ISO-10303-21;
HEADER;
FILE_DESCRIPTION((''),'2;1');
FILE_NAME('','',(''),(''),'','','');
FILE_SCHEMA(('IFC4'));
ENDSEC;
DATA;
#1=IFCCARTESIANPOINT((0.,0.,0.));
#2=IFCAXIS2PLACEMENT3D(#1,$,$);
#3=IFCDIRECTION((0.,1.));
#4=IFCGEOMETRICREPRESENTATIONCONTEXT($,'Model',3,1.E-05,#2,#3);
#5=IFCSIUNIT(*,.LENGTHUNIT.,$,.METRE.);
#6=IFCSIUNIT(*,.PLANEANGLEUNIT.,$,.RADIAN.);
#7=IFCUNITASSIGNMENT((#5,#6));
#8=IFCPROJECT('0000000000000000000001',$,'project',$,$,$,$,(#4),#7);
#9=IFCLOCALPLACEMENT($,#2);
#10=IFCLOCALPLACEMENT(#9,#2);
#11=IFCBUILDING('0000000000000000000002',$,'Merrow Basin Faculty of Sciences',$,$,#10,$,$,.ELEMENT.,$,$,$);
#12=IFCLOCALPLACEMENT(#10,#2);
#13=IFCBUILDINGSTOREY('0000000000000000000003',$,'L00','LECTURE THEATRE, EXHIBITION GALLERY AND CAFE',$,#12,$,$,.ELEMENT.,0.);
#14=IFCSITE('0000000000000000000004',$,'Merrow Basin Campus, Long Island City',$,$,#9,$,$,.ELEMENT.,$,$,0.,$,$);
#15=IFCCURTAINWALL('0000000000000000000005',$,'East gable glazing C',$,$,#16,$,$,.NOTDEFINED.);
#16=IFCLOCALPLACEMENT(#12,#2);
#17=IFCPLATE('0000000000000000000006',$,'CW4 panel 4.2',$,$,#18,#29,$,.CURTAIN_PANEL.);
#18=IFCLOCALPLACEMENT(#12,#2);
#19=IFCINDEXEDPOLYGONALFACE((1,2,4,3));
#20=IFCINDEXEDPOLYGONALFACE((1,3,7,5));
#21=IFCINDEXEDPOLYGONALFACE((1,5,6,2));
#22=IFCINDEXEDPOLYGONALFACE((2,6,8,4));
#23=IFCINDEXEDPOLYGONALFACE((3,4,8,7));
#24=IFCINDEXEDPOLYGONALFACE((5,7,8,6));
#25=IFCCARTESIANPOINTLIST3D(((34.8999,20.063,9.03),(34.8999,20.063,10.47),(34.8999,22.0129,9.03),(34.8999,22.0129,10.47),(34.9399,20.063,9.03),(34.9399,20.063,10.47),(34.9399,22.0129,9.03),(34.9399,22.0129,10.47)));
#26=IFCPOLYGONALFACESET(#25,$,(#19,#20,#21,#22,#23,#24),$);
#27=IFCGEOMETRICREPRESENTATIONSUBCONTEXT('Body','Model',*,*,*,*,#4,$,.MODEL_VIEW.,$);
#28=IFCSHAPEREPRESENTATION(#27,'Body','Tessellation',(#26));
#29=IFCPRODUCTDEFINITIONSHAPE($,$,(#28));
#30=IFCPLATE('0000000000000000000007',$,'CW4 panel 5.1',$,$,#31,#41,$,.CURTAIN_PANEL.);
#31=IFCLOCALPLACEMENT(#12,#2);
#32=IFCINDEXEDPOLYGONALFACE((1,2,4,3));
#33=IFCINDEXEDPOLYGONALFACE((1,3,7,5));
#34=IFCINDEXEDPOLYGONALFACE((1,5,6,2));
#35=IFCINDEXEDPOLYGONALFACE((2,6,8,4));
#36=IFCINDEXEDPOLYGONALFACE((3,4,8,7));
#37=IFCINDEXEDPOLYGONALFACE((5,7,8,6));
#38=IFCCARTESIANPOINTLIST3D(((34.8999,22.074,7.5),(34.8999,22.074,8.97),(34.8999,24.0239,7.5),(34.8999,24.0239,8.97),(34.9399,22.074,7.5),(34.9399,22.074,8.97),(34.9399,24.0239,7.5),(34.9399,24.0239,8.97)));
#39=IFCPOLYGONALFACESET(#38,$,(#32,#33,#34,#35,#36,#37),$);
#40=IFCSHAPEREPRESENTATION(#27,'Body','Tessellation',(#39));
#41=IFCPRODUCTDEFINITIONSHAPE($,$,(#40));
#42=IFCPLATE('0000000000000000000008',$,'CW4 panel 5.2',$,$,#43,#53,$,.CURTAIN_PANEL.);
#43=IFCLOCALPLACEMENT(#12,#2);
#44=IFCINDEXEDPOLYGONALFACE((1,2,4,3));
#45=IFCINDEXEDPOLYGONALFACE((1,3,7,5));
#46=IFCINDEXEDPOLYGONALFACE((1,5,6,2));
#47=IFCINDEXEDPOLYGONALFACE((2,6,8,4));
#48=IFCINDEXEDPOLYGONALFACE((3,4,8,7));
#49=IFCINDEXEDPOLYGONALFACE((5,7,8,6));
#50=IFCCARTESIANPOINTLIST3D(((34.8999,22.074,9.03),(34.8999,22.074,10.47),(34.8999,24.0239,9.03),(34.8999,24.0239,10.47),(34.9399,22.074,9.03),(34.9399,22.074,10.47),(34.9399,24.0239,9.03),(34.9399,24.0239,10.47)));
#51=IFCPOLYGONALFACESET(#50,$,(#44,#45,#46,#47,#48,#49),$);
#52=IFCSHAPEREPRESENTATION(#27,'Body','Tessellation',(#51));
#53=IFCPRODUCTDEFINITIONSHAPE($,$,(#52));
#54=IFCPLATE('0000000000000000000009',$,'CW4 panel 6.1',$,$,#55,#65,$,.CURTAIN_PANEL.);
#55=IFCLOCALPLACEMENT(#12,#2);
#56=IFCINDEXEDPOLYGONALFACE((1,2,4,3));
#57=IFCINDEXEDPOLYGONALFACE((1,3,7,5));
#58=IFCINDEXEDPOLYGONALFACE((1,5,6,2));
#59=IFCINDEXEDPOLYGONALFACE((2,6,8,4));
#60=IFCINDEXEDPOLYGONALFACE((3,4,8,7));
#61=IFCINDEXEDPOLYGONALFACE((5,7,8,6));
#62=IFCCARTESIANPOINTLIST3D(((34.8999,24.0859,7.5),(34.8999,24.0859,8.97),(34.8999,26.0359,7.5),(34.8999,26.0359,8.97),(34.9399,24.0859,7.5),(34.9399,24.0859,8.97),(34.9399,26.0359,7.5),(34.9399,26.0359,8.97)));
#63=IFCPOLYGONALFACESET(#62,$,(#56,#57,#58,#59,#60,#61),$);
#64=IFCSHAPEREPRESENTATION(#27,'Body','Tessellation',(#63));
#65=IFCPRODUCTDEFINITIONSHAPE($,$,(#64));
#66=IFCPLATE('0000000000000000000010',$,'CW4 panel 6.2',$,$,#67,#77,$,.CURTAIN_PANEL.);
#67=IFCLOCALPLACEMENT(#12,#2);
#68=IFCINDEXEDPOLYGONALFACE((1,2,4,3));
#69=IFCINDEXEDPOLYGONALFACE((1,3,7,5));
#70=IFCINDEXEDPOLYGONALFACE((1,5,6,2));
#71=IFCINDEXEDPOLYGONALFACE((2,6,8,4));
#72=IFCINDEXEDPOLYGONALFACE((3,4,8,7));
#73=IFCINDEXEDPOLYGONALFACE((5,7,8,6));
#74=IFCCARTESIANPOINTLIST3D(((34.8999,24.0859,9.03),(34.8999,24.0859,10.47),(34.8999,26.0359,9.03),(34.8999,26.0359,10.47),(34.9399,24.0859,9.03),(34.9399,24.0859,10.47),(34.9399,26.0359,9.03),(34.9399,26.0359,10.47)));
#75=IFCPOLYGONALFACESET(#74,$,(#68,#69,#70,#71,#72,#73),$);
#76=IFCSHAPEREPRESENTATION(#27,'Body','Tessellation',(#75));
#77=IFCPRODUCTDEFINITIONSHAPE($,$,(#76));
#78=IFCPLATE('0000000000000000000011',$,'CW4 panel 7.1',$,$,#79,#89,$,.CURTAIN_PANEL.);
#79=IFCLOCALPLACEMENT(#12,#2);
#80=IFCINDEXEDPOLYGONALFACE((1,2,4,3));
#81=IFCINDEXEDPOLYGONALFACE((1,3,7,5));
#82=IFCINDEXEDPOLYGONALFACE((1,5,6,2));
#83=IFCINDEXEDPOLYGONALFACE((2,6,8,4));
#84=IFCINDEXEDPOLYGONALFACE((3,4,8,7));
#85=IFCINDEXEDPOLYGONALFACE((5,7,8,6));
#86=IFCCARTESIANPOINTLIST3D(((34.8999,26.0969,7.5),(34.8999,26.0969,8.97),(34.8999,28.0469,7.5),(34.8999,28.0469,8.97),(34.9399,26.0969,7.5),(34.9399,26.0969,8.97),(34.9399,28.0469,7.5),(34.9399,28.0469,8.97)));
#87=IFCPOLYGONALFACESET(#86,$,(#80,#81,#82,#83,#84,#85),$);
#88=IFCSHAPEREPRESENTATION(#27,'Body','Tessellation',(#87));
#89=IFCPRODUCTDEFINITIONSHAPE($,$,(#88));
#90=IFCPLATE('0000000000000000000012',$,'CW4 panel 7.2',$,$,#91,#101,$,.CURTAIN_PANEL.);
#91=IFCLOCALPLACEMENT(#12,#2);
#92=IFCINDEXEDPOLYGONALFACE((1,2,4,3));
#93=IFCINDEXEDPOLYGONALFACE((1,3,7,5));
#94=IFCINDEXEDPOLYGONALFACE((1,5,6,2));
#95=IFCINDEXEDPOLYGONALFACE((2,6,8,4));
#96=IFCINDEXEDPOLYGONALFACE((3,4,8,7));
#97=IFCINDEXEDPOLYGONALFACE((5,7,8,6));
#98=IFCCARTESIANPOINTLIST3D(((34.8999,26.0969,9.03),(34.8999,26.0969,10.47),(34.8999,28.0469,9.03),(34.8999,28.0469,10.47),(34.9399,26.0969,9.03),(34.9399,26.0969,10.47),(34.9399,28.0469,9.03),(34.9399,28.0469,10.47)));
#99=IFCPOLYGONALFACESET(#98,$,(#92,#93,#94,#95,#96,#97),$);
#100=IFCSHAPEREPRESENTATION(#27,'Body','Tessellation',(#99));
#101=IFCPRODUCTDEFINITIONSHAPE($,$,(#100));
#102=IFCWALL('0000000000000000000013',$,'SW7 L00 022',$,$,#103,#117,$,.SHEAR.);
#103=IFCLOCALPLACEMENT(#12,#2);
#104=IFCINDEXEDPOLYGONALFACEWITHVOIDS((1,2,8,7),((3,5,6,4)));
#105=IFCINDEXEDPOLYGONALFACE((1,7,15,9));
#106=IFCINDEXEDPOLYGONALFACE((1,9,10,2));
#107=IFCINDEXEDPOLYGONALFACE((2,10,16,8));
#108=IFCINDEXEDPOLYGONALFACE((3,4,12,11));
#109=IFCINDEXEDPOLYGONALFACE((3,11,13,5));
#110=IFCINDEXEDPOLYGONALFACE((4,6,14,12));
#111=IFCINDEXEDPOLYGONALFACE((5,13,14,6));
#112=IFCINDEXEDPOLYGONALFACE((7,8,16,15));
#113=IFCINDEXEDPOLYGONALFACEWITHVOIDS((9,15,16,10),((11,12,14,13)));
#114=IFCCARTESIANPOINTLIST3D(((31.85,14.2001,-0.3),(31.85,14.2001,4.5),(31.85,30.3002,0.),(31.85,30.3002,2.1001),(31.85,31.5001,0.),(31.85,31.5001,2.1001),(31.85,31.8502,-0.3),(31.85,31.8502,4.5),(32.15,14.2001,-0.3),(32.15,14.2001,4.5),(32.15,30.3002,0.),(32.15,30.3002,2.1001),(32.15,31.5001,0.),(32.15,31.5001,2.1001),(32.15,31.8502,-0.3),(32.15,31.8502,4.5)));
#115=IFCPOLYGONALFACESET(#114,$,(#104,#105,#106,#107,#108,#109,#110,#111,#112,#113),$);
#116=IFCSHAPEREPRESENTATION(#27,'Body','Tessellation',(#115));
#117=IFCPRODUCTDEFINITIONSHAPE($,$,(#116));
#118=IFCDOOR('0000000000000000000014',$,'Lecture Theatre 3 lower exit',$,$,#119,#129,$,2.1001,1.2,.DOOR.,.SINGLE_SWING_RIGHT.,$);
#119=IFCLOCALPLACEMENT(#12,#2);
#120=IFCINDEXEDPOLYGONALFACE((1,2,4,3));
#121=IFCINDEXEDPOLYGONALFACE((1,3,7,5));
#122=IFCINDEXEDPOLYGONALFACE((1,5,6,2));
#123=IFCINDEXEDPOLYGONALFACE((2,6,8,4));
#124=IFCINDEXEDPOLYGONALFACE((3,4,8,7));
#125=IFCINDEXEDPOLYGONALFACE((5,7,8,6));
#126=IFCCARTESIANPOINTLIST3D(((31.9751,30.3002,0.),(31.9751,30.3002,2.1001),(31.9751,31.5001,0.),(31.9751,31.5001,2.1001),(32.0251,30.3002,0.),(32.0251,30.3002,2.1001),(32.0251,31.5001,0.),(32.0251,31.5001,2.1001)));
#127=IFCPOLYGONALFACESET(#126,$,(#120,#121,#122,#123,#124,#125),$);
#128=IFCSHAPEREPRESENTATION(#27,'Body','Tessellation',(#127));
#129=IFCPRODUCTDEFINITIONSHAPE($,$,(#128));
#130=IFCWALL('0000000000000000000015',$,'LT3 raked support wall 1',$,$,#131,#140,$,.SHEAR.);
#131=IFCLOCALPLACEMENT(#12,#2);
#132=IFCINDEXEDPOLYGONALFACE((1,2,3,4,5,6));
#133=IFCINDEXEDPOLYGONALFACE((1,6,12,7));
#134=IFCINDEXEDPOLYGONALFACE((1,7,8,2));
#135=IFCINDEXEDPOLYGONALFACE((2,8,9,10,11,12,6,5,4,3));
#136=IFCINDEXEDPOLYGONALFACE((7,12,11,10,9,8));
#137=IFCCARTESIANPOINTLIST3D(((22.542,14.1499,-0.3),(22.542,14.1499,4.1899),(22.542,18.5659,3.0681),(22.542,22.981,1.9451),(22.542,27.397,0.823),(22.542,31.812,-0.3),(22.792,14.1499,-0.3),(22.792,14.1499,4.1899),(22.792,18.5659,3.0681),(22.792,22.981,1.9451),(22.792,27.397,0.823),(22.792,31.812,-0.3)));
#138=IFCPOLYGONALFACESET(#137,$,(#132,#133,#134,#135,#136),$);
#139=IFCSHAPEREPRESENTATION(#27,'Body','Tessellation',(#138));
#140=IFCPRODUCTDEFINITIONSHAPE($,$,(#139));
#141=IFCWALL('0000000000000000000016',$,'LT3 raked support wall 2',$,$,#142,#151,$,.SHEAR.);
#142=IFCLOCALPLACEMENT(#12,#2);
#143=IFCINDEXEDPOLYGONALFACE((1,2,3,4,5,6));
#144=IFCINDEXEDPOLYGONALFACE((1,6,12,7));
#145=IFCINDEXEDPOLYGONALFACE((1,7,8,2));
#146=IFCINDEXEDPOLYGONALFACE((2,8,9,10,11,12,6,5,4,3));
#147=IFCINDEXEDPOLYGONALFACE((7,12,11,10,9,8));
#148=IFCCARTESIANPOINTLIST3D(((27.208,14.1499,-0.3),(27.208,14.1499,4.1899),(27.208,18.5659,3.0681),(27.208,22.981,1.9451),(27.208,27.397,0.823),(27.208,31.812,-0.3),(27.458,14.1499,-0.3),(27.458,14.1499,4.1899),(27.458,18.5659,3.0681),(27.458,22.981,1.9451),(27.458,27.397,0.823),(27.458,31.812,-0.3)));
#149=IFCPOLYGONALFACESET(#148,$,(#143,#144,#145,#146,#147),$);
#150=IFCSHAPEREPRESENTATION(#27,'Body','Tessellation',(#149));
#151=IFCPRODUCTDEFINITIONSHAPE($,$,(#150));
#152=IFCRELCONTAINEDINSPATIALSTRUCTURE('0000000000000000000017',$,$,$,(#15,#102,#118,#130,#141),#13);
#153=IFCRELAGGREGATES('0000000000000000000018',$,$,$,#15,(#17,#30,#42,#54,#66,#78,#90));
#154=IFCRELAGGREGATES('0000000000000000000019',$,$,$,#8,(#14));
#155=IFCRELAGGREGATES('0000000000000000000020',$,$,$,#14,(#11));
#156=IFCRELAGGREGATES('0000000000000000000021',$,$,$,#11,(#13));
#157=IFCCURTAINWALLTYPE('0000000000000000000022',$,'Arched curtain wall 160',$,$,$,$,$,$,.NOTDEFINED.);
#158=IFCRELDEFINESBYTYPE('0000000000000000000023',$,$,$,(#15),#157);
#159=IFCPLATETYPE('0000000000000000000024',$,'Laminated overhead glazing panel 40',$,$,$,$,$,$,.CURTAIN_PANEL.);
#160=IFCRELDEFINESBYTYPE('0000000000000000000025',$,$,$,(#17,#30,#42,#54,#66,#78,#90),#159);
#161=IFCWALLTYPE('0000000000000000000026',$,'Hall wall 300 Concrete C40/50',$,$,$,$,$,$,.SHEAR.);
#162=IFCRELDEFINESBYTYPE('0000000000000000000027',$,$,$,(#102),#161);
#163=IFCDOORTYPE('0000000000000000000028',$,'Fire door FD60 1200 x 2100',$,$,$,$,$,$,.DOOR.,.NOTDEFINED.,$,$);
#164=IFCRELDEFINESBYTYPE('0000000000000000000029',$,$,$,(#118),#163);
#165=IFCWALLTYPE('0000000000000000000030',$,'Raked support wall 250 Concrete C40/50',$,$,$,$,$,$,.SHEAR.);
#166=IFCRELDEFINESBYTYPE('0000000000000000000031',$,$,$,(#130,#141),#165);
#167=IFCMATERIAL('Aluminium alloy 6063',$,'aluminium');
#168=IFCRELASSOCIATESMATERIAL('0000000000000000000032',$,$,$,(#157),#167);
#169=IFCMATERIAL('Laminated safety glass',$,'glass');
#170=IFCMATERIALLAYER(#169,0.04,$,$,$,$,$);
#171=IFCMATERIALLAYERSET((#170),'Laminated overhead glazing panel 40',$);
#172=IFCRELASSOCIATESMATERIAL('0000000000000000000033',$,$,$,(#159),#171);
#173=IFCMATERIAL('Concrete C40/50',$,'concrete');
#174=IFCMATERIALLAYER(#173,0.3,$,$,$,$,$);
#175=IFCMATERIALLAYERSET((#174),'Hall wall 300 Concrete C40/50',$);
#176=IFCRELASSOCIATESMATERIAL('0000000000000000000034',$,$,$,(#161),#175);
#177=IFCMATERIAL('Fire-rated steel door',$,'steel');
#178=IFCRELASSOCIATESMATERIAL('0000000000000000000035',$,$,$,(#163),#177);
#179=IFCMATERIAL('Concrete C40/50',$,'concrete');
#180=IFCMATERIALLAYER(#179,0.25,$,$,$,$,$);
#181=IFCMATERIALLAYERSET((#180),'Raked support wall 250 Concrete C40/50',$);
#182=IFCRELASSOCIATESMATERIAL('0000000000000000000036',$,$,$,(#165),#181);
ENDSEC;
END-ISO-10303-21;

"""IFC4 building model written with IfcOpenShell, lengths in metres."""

from ifc_helpers import new_model, si_unit, direction, frame, frame_2d, origin, place, context, subcontext, project, spatial, polyline, rectangle, outline, extrude, material, layer, layer_set, type_object, element, fill, aggregate, save


model = new_model("IFC4")

# Units and contexts
model_context = context("Model", 3, precision=1e-05, world=origin(), true_north=direction((0.0, 1.0)))
body_context = subcontext(model_context, "Body", "Model", "MODEL_VIEW")
ifc_project = project(units=[si_unit("LENGTHUNIT", "METRE"), si_unit("PLANEANGLEUNIT", "RADIAN")], contexts=[model_context])

# Site, building, storey
site_placement = place(None, origin())
site = spatial("IfcSite", under=ifc_project, at=site_placement, Name="Merrow Basin Campus, Long Island City", CompositionType="ELEMENT", RefElevation=0.0)
building_placement = place(site_placement, origin())
building = spatial("IfcBuilding", under=site, at=building_placement, Name="Merrow Basin Faculty of Sciences", CompositionType="ELEMENT")
storey_placement = place(building_placement, origin())
storey = spatial("IfcBuildingStorey", under=building, at=storey_placement, Name="L00", Description="LECTURE THEATRE, EXHIBITION GALLERY AND CAFE", CompositionType="ELEMENT", Elevation=0.0)

# Curtain wall, plates
ifc_material_1 = material(Name="Aluminium alloy 6063", Category="aluminium")
curtain_wall_type = type_object("IfcCurtainWallType", Name="Arched curtain wall 160", PredefinedType="NOTDEFINED", material=ifc_material_1)
curtain_wall_placement = place(storey_placement, origin())
curtain_wall = element("IfcCurtainWall", 1, at=curtain_wall_placement, inside=storey, type_object=curtain_wall_type, Name="East gable glazing C", PredefinedType="NOTDEFINED")
ifc_material_2 = material(Name="Laminated safety glass", Category="glass")
ifc_layer_1 = layer(ifc_material_2, 0.04)
ifc_layer_set_1 = layer_set([ifc_layer_1], Name="Laminated overhead glazing panel 40")
plate_type = type_object("IfcPlateType", Name="Laminated overhead glazing panel 40", PredefinedType="CURTAIN_PANEL", material=ifc_layer_set_1)
plate_1_placement = place(storey_placement, frame((34.8999, 20.063, 9.03), z_axis=(1.0, 0.0, 0.0), x_axis=(0.0, 1.0, 0.0)))
plate_1 = element("IfcPlate", 2, at=plate_1_placement, type_object=plate_type, Name="CW4 panel 4.2", PredefinedType="CURTAIN_PANEL", context=body_context, shape_type="SweptSolid", body=[
    extrude(outline(polyline([(0.0, 0.0), (1.95, 0.0), (1.95, 1.4399), (0.0, 1.4399), (0.0, 0.0)])), origin(), (0.0, 0.0, 1.0), 0.04),
])
plate_2_placement = place(storey_placement, frame((34.8999, 22.074, 7.5), z_axis=(1.0, 0.0, 0.0), x_axis=(0.0, 1.0, 0.0)))
plate_2 = element("IfcPlate", 3, at=plate_2_placement, type_object=plate_type, Name="CW4 panel 5.1", PredefinedType="CURTAIN_PANEL", context=body_context, shape_type="SweptSolid", body=[
    extrude(outline(polyline([(0.0, 0.0), (1.95, 0.0), (1.95, 1.47), (0.0, 1.47), (0.0, 0.0)])), origin(), (0.0, 0.0, 1.0), 0.04),
])
plate_3_placement = place(storey_placement, frame((34.8999, 22.074, 9.03), z_axis=(1.0, 0.0, 0.0), x_axis=(0.0, 1.0, 0.0)))
plate_3 = element("IfcPlate", 4, at=plate_3_placement, type_object=plate_type, Name="CW4 panel 5.2", PredefinedType="CURTAIN_PANEL", context=body_context, shape_type="SweptSolid", body=[
    extrude(outline(polyline([(0.0, 0.0), (1.95, 0.0), (1.95, 1.4399), (0.0, 1.4399), (0.0, 0.0)])), origin(), (0.0, 0.0, 1.0), 0.04),
])
plate_4_placement = place(storey_placement, frame((34.8999, 24.0859, 7.5), z_axis=(1.0, 0.0, 0.0), x_axis=(0.0, 1.0, 0.0)))
plate_4 = element("IfcPlate", 5, at=plate_4_placement, type_object=plate_type, Name="CW4 panel 6.1", PredefinedType="CURTAIN_PANEL", context=body_context, shape_type="SweptSolid", body=[
    extrude(outline(polyline([(0.0, 0.0), (1.95, 0.0), (1.95, 1.47), (0.0, 1.47), (0.0, 0.0)])), origin(), (0.0, 0.0, 1.0), 0.04),
])
plate_5_placement = place(storey_placement, frame((34.8999, 24.0859, 9.03), z_axis=(1.0, 0.0, 0.0), x_axis=(0.0, 1.0, 0.0)))
plate_5 = element("IfcPlate", 6, at=plate_5_placement, type_object=plate_type, Name="CW4 panel 6.2", PredefinedType="CURTAIN_PANEL", context=body_context, shape_type="SweptSolid", body=[
    extrude(outline(polyline([(0.0, 0.0), (1.95, 0.0), (1.95, 1.4399), (0.0, 1.4399), (0.0, 0.0)])), origin(), (0.0, 0.0, 1.0), 0.04),
])
plate_6_placement = place(storey_placement, frame((34.8999, 26.0969, 7.5), z_axis=(1.0, 0.0, 0.0), x_axis=(0.0, 1.0, 0.0)))
plate_6 = element("IfcPlate", 7, at=plate_6_placement, type_object=plate_type, Name="CW4 panel 7.1", PredefinedType="CURTAIN_PANEL", context=body_context, shape_type="SweptSolid", body=[
    extrude(outline(polyline([(0.0, 0.0), (1.95, 0.0), (1.95, 1.47), (0.0, 1.47), (0.0, 0.0)])), origin(), (0.0, 0.0, 1.0), 0.04),
])
plate_7_placement = place(storey_placement, frame((34.8999, 26.0969, 9.03), z_axis=(1.0, 0.0, 0.0), x_axis=(0.0, 1.0, 0.0)))
plate_7 = element("IfcPlate", 8, at=plate_7_placement, type_object=plate_type, Name="CW4 panel 7.2", PredefinedType="CURTAIN_PANEL", context=body_context, shape_type="SweptSolid", body=[
    extrude(outline(polyline([(0.0, 0.0), (1.95, 0.0), (1.95, 1.4399), (0.0, 1.4399), (0.0, 0.0)])), origin(), (0.0, 0.0, 1.0), 0.04),
])
aggregate(curtain_wall, [plate_1, plate_2, plate_3, plate_4, plate_5, plate_6, plate_7])

# Wall, opening, door
ifc_material_3 = material(Name="Concrete C40/50", Category="concrete")
ifc_layer_2 = layer(ifc_material_3, 0.3)
ifc_layer_set_2 = layer_set([ifc_layer_2], Name="Hall wall 300 Concrete C40/50")
wall_type_1 = type_object("IfcWallType", Name="Hall wall 300 Concrete C40/50", PredefinedType="SHEAR", material=ifc_layer_set_2)
wall_placement = place(storey_placement, frame((32.0, 14.2, -0.3), z_axis=(0.0, 0.0, 1.0), x_axis=(0.0, 1.0, 0.0)))
wall = element("IfcWall", 9, at=wall_placement, inside=storey, type_object=wall_type_1, Name="SW7 L00 022", PredefinedType="SHEAR", context=body_context, shape_type="SweptSolid", body=[
    extrude(rectangle(XDim=17.6501, YDim=0.3, at=frame_2d((8.8252, 0.0))), origin(), (0.0, 0.0, 1.0), 4.8),
])
opening_placement = place(wall_placement, frame((16.1001, 0.0, 0.3)))
opening = element("IfcOpeningElement", 10, at=opening_placement, cuts=wall, PredefinedType="OPENING", context=body_context, shape_type="SweptSolid", body=[
    extrude(rectangle(XDim=1.2, YDim=2.1001, at=frame_2d((0.6001, 1.05))), frame((0.0, 0.1599, 0.0), z_axis=(0.0, -1.0, 0.0), x_axis=(1.0, 0.0, 0.0)), (0.0, 0.0, 1.0), 0.3201),
])
ifc_material_4 = material(Name="Fire-rated steel door", Category="steel")
door_type = type_object("IfcDoorType", Name="Fire door FD60 1200 x 2100", OperationType="NOTDEFINED", PredefinedType="DOOR", material=ifc_material_4)
door_placement = place(opening_placement, origin())
door = element("IfcDoor", 11, at=door_placement, inside=storey, type_object=door_type, Name="Lecture Theatre 3 lower exit", OperationType="SINGLE_SWING_RIGHT", OverallHeight=2.1001, OverallWidth=1.2, PredefinedType="DOOR", context=body_context, shape_type="SweptSolid", body=[
    extrude(rectangle(XDim=1.2, YDim=2.1001, at=frame_2d((0.6001, 1.05))), frame((0.0, 0.0249, 0.0), z_axis=(0.0, -1.0, 0.0), x_axis=(1.0, 0.0, 0.0)), (0.0, 0.0, 1.0), 0.05),
])
fill(opening, door)

# Walls
ifc_material_5 = material(Name="Concrete C40/50", Category="concrete")
ifc_layer_3 = layer(ifc_material_5, 0.25)
ifc_layer_set_3 = layer_set([ifc_layer_3], Name="Raked support wall 250 Concrete C40/50")
wall_type_2 = type_object("IfcWallType", Name="Raked support wall 250 Concrete C40/50", PredefinedType="SHEAR", material=ifc_layer_set_3)
for number, where, z_axis, x_axis, name in (
    (12, (22.667, 14.1499, -0.3), (0.0, 0.0, 1.0), (0.0, 1.0, 0.0), "LT3 raked support wall 1"),
    (13, (27.333, 14.1499, -0.3), (0.0, 0.0, 1.0), (0.0, 1.0, 0.0), "LT3 raked support wall 2"),
):
    element("IfcWall", number, at=place(storey_placement, frame(where, z_axis=z_axis, x_axis=x_axis)), inside=storey, type_object=wall_type_2, Name=name, PredefinedType="SHEAR", context=body_context, shape_type="SweptSolid", body=[
        extrude(outline(polyline([(0.0, 0.0), (17.6621, 0.0), (17.6621, 0.0), (13.2471, 1.123), (8.8311, 2.2451), (4.416, 3.3682), (0.0, 4.49), (0.0, 0.0)])), frame((0.0, 0.125, 0.0), z_axis=(0.0, -1.0, 0.0), x_axis=(1.0, 0.0, 0.0)), (0.0, 0.0, 1.0), 0.25),
    ])

save(model, "model.ifc")
